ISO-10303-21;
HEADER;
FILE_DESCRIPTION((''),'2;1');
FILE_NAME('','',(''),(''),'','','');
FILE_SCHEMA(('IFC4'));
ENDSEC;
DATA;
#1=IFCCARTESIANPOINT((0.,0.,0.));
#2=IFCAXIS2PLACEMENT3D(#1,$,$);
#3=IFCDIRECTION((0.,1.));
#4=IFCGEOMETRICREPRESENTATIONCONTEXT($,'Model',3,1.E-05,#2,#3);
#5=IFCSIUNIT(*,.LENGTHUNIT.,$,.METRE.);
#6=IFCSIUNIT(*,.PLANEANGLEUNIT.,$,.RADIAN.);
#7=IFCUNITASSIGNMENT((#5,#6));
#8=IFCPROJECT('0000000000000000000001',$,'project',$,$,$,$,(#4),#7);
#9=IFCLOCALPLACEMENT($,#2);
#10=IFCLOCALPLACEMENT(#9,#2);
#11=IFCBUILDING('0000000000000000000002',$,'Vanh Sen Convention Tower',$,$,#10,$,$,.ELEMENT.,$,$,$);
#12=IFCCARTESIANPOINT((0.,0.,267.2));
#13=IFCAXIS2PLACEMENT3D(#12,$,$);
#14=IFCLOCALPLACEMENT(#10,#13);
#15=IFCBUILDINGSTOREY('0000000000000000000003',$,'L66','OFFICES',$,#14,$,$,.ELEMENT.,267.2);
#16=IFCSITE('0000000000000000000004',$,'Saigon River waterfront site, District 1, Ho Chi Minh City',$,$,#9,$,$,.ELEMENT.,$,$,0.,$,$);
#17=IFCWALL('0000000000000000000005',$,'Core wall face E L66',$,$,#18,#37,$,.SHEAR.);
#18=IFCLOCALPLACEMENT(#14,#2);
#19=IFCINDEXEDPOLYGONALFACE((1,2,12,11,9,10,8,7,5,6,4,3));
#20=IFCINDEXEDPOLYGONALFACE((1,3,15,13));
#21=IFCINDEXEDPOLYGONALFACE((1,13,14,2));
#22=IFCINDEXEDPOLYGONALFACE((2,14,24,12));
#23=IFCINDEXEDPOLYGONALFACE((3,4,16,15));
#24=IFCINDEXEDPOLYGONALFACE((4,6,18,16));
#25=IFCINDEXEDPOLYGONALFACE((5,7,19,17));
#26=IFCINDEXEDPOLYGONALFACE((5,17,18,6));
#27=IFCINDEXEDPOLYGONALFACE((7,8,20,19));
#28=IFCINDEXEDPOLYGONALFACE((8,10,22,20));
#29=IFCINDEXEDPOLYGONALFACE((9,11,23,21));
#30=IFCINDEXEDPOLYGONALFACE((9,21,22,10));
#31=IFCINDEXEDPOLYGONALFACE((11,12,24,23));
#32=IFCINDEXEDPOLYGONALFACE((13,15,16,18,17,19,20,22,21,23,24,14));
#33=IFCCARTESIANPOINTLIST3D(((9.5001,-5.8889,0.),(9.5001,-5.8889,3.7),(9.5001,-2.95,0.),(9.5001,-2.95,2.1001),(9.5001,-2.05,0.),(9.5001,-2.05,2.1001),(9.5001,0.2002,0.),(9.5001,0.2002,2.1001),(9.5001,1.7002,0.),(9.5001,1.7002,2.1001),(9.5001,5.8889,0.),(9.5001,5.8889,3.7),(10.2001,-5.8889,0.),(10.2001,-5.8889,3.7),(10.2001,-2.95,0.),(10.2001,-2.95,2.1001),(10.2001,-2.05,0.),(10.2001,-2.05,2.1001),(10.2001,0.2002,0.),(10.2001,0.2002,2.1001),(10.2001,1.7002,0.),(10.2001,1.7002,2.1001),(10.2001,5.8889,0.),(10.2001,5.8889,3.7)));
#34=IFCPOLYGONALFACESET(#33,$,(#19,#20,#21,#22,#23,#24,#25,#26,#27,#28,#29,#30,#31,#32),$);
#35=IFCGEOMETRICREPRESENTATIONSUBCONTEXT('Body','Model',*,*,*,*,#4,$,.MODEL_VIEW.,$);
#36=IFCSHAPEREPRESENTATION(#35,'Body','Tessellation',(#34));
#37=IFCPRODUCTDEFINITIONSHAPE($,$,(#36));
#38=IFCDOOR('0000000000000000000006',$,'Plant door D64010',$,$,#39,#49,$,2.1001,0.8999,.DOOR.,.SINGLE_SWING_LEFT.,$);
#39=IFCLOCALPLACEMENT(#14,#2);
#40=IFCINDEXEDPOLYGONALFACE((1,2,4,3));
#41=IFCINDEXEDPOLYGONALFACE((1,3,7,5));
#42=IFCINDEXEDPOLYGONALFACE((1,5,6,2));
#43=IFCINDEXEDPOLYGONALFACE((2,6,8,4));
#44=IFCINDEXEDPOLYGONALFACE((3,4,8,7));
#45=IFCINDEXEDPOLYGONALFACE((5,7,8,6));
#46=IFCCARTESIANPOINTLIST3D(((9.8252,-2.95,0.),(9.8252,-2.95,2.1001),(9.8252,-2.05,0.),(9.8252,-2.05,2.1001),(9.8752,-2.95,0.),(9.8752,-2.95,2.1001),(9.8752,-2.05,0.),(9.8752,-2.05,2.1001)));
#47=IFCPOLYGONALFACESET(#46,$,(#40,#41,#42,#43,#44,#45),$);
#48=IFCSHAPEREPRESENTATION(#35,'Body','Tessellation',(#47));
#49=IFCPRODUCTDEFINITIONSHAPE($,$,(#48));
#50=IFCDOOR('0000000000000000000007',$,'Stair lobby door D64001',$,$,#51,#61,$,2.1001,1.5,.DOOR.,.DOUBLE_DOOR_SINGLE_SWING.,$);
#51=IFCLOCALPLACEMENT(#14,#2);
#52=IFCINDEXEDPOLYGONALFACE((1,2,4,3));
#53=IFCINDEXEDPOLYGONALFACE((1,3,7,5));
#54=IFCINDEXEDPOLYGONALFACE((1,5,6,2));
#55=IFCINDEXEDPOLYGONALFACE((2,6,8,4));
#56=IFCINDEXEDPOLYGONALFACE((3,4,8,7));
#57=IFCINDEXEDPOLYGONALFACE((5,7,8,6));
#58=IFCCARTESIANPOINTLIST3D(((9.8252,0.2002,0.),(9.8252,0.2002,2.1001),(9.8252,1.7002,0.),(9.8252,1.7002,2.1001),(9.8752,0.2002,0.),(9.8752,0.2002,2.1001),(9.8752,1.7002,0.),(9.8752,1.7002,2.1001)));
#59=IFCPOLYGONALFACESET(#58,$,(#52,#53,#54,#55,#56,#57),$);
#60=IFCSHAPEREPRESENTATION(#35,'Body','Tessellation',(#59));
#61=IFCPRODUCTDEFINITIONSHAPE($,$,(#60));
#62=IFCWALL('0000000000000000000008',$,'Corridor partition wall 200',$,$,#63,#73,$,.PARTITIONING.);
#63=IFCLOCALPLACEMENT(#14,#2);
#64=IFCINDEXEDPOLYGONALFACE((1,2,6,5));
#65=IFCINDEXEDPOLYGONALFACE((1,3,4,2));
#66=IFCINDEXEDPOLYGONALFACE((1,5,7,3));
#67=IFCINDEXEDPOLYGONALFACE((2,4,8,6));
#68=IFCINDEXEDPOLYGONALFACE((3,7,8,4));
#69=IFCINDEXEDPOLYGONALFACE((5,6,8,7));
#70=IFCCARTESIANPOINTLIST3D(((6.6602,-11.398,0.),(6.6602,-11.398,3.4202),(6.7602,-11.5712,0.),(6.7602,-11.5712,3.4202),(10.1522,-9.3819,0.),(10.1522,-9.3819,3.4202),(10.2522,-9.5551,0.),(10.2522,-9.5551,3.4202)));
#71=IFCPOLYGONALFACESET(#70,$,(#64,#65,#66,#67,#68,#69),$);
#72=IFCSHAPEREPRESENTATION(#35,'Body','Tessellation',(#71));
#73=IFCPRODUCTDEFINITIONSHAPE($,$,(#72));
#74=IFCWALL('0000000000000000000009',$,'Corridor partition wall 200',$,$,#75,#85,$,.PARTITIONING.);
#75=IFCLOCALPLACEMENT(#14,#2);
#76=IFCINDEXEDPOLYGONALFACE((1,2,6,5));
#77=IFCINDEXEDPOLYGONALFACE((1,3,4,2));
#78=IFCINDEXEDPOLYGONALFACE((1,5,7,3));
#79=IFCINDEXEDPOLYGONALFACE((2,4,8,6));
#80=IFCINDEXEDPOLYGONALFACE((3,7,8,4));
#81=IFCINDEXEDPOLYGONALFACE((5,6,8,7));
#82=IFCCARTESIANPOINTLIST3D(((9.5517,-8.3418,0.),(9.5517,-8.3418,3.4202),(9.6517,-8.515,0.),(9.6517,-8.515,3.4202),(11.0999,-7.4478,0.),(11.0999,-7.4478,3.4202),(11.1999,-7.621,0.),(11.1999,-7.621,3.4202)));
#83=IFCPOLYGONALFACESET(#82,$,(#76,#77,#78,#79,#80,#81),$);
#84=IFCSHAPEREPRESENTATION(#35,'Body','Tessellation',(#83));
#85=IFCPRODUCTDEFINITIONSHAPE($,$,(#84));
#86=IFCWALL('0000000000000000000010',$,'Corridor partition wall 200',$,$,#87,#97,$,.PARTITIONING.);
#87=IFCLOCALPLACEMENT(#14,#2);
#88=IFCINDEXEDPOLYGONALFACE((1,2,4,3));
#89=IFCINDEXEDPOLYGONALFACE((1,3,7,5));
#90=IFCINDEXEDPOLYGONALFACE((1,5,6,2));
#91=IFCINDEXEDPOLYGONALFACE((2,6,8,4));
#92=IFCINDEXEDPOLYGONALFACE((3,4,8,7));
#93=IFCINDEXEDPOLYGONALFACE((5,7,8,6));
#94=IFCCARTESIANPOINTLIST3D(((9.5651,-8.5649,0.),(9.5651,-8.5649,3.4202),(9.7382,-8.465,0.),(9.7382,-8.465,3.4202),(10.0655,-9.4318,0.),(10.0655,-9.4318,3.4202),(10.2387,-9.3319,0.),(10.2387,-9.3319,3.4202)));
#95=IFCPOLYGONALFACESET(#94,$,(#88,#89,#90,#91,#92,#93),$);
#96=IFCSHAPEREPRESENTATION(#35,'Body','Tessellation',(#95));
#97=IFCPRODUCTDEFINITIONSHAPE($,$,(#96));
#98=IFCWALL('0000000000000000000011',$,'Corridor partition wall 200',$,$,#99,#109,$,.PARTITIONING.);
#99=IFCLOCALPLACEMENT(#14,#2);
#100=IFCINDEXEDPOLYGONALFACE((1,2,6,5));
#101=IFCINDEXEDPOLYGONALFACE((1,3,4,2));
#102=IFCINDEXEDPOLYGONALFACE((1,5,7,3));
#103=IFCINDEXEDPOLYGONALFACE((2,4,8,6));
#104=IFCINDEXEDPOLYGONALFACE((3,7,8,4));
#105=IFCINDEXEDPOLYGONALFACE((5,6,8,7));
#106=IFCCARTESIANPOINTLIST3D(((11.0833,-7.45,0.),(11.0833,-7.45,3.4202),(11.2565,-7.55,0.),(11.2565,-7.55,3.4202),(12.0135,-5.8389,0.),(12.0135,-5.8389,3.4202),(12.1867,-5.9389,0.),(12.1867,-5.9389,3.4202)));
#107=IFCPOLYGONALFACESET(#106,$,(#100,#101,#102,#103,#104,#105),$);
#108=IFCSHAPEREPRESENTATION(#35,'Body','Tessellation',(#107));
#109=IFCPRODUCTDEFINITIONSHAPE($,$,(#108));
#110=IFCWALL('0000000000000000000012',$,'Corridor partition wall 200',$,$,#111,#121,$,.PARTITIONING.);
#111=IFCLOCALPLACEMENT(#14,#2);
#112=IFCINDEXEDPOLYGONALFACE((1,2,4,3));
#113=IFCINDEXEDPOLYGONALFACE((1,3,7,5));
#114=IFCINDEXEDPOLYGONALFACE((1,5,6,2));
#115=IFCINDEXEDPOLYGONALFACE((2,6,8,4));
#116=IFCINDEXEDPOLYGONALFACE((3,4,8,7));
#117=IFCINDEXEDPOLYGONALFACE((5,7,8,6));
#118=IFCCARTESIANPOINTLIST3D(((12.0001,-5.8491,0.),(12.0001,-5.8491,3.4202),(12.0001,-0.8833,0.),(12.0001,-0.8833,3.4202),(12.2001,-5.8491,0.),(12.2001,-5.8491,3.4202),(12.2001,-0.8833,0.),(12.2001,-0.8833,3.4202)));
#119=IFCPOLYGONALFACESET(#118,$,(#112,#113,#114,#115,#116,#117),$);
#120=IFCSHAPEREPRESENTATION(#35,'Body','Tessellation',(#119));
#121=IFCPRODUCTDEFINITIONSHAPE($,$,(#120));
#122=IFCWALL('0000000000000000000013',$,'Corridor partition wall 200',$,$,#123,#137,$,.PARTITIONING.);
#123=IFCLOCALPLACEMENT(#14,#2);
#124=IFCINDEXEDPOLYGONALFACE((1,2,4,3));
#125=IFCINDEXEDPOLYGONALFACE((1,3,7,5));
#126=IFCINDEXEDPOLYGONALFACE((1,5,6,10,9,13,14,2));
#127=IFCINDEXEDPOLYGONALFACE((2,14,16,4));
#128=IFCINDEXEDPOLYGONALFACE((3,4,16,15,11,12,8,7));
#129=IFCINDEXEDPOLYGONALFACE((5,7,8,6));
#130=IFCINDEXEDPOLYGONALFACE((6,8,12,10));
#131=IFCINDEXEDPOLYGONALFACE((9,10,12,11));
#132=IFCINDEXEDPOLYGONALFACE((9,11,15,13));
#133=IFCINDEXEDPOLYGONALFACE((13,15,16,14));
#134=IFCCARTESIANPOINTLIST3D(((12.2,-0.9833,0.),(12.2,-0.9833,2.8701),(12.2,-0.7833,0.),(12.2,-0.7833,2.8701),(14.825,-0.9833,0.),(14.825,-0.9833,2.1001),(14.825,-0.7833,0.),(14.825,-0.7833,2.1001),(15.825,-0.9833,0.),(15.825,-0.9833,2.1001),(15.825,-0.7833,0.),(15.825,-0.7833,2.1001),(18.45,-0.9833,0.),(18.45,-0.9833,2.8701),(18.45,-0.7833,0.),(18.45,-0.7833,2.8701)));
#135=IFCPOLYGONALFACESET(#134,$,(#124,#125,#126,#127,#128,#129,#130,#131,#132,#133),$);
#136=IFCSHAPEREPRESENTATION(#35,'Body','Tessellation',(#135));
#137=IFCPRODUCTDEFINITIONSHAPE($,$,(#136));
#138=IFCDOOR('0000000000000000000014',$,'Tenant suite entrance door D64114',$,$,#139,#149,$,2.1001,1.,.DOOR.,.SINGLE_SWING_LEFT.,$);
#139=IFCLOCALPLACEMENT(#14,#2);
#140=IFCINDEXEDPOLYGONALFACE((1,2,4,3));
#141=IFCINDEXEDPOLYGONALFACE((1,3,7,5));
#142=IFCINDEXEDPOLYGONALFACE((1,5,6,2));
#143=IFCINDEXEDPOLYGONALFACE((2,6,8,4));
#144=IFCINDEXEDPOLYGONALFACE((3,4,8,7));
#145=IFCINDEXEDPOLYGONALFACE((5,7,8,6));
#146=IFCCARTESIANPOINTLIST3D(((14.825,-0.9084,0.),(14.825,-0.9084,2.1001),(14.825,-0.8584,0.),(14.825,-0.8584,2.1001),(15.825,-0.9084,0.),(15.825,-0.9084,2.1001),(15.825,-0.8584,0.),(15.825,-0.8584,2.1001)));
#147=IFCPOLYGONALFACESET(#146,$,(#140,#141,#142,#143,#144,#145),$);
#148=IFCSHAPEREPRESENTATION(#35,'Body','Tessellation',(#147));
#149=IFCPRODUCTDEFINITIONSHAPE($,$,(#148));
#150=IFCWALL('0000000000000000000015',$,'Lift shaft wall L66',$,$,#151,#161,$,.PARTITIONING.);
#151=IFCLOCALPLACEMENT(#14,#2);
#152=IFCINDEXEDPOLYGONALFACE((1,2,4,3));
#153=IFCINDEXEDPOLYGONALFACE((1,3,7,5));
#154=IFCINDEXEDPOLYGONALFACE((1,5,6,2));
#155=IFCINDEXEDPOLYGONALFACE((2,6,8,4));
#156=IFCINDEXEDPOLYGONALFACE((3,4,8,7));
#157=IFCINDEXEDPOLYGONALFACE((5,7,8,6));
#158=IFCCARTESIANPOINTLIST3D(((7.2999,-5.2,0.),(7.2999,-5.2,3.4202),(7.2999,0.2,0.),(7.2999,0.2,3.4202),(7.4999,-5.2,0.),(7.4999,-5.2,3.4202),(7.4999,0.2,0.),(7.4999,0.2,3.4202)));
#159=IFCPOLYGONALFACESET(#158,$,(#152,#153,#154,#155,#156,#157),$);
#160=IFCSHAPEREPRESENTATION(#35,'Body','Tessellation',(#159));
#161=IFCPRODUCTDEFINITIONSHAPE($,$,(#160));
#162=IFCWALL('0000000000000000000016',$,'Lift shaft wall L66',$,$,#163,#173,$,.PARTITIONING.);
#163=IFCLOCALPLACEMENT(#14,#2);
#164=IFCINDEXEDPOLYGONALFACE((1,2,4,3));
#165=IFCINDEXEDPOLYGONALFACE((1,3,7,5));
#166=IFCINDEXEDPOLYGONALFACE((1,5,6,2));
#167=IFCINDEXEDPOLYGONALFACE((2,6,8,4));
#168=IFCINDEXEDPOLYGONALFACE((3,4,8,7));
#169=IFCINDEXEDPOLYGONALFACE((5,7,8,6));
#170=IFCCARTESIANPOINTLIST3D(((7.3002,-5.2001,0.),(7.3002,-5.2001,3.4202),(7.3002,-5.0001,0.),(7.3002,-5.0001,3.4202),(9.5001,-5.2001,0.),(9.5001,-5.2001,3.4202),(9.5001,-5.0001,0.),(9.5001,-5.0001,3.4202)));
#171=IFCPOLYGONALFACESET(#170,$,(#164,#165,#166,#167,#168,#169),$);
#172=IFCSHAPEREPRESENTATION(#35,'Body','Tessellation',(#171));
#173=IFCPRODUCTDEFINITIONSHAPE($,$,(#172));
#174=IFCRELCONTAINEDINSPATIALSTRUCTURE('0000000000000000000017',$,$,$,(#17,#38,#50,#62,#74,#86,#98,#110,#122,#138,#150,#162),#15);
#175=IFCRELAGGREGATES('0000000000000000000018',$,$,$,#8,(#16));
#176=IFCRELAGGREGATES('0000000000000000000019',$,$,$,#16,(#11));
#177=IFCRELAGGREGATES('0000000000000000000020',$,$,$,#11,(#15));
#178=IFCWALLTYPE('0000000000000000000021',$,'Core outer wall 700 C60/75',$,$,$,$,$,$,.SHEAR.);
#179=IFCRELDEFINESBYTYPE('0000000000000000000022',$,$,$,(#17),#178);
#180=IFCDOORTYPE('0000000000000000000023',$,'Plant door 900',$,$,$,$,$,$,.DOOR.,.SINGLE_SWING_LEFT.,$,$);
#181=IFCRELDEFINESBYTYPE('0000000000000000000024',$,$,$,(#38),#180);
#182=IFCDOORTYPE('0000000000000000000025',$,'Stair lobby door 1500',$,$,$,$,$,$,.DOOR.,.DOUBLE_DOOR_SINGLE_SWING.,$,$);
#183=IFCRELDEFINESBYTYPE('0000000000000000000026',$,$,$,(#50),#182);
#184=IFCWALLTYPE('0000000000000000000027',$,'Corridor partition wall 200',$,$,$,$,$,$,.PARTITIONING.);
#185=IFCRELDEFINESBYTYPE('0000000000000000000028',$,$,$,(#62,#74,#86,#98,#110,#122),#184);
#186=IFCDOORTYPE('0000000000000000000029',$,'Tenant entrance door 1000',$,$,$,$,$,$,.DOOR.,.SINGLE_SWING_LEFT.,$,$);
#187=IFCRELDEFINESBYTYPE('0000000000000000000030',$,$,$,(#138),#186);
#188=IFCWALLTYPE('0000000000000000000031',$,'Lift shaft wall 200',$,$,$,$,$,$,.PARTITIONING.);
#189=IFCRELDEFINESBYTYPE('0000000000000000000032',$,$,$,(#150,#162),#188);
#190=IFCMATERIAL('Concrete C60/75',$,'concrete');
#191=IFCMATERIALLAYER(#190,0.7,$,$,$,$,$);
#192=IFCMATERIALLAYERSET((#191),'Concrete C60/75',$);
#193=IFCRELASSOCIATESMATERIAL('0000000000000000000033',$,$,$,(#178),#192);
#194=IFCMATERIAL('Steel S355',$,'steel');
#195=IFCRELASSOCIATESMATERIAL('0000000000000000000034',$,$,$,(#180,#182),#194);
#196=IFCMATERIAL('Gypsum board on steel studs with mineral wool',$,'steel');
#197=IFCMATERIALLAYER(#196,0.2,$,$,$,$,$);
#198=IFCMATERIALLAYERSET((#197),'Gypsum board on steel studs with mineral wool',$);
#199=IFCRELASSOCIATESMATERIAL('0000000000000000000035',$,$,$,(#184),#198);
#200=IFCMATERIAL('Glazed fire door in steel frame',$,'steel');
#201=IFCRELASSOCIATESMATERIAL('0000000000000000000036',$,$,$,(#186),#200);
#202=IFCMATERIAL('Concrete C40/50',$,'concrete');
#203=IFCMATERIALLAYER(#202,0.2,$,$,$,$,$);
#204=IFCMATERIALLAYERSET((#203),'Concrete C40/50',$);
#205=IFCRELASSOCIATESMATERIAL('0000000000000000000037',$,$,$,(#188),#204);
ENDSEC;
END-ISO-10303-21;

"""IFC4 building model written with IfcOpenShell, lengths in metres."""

from ifc_helpers import new_model, si_unit, direction, frame, frame_2d, origin, place, context, subcontext, project, spatial, rectangle, extrude, material, layer, layer_set, type_object, element, fill, save


model = new_model("IFC4")

# Units and contexts
model_context = context("Model", 3, precision=1e-05, world=origin(), true_north=direction((0.0, 1.0)))
body_context = subcontext(model_context, "Body", "Model", "MODEL_VIEW")
ifc_project = project(units=[si_unit("LENGTHUNIT", "METRE"), si_unit("PLANEANGLEUNIT", "RADIAN")], contexts=[model_context])

# Site, building, storey
site_placement = place(None, origin())
site = spatial("IfcSite", under=ifc_project, at=site_placement, Name="Saigon River waterfront site, District 1, Ho Chi Minh City", CompositionType="ELEMENT", RefElevation=0.0)
building_placement = place(site_placement, origin())
building = spatial("IfcBuilding", under=site, at=building_placement, Name="Vanh Sen Convention Tower", CompositionType="ELEMENT")
storey_placement = place(building_placement, frame((0.0, 0.0, 267.2)))
storey = spatial("IfcBuildingStorey", under=building, at=storey_placement, Name="L66", Description="OFFICES", CompositionType="ELEMENT", Elevation=267.2)

# Shared definitions
ifc_material_1 = material(Name="Concrete C60/75", Category="concrete")

# Shared definitions
ifc_material_2 = material(Name="Concrete C40/50", Category="concrete")

# Wall, openings, doors
ifc_layer_1 = layer(ifc_material_1, 0.7)
ifc_layer_set_1 = layer_set([ifc_layer_1], Name="Concrete C60/75")
wall_type_1 = type_object("IfcWallType", Name="Core outer wall 700 C60/75", PredefinedType="SHEAR", material=ifc_layer_set_1)
wall_1_placement = place(storey_placement, frame((9.8501, -5.8889, 0.0), z_axis=(0.0, 0.0, 1.0), x_axis=(0.0, 1.0, 0.0)))
wall_1 = element("IfcWall", 1, at=wall_1_placement, inside=storey, type_object=wall_type_1, Name="Core wall face E L66", PredefinedType="SHEAR", context=body_context, shape_type="SweptSolid", body=[
    extrude(rectangle(XDim=11.7778, YDim=0.7, at=frame_2d((5.8889, 0.0))), origin(), (0.0, 0.0, 1.0), 3.7),
])
opening_1_placement = place(wall_1_placement, frame((6.0891, 0.0, 0.0)))
opening_1 = element("IfcOpeningElement", 2, at=opening_1_placement, cuts=wall_1, PredefinedType="OPENING", context=body_context, shape_type="SweptSolid", body=[
    extrude(rectangle(XDim=1.5, YDim=2.1001, at=frame_2d((0.75, 1.05))), frame((0.0, 0.3599, 0.0), z_axis=(0.0, -1.0, 0.0), x_axis=(1.0, 0.0, 0.0)), (0.0, 0.0, 1.0), 0.72),
])
opening_2_placement = place(wall_1_placement, frame((2.939, 0.0, 0.0)))
opening_2 = element("IfcOpeningElement", 3, at=opening_2_placement, cuts=wall_1, PredefinedType="OPENING", context=body_context, shape_type="SweptSolid", body=[
    extrude(rectangle(XDim=0.8999, YDim=2.1001, at=frame_2d((0.45, 1.05))), frame((0.0, 0.3599, 0.0), z_axis=(0.0, -1.0, 0.0), x_axis=(1.0, 0.0, 0.0)), (0.0, 0.0, 1.0), 0.72),
])
ifc_material_3 = material(Name="Steel S355", Category="steel")
door_type_1 = type_object("IfcDoorType", Name="Plant door 900", OperationType="SINGLE_SWING_LEFT", PredefinedType="DOOR", material=ifc_material_3)
door_1_placement = place(opening_2_placement, origin())
door_1 = element("IfcDoor", 4, at=door_1_placement, inside=storey, type_object=door_type_1, Name="Plant door D64010", OperationType="SINGLE_SWING_LEFT", OverallHeight=2.1001, OverallWidth=0.8999, PredefinedType="DOOR", context=body_context, shape_type="SweptSolid", body=[
    extrude(rectangle(XDim=0.8999, YDim=2.1001, at=frame_2d((0.45, 1.05))), frame((0.0, 0.0249, 0.0), z_axis=(0.0, -1.0, 0.0), x_axis=(1.0, 0.0, 0.0)), (0.0, 0.0, 1.0), 0.05),
])
fill(opening_2, door_1)
door_type_2 = type_object("IfcDoorType", Name="Stair lobby door 1500", OperationType="DOUBLE_DOOR_SINGLE_SWING", PredefinedType="DOOR", material=ifc_material_3)
door_2_placement = place(opening_1_placement, origin())
door_2 = element("IfcDoor", 5, at=door_2_placement, inside=storey, type_object=door_type_2, Name="Stair lobby door D64001", OperationType="DOUBLE_DOOR_SINGLE_SWING", OverallHeight=2.1001, OverallWidth=1.5, PredefinedType="DOOR", context=body_context, shape_type="SweptSolid", body=[
    extrude(rectangle(XDim=1.5, YDim=2.1001, at=frame_2d((0.75, 1.05))), frame((0.0, 0.0249, 0.0), z_axis=(0.0, -1.0, 0.0), x_axis=(1.0, 0.0, 0.0)), (0.0, 0.0, 1.0), 0.05),
])
fill(opening_1, door_2)

# Walls
ifc_material_4 = material(Name="Gypsum board on steel studs with mineral wool", Category="steel")
ifc_layer_2 = layer(ifc_material_4, 0.2)
ifc_layer_set_2 = layer_set([ifc_layer_2], Name="Gypsum board on steel studs with mineral wool")
wall_type_2 = type_object("IfcWallType", Name="Corridor partition wall 200", PredefinedType="PARTITIONING", material=ifc_layer_set_2)
wall_2_placement = place(storey_placement, frame((6.7102, -11.4846, 0.0), z_axis=(0.0, 0.0, 1.0), x_axis=(0.866021, 0.500007, 0.0)))
element("IfcWall", 6, at=wall_2_placement, inside=storey, type_object=wall_type_2, Name="Corridor partition wall 200", PredefinedType="PARTITIONING", context=body_context, shape_type="SweptSolid", body=[
    extrude(rectangle(XDim=4.0322, YDim=0.2, at=frame_2d((2.0161, 0.0))), origin(), (0.0, 0.0, 1.0), 3.4202),
])
wall_3_placement = place(storey_placement, frame((9.6016, -8.4285, 0.0), z_axis=(0.0, 0.0, 1.0), x_axis=(0.865999, 0.500046, 0.0)))
element("IfcWall", 7, at=wall_3_placement, inside=storey, type_object=wall_type_2, Name="Corridor partition wall 200", PredefinedType="PARTITIONING", context=body_context, shape_type="SweptSolid", body=[
    extrude(rectangle(XDim=1.7878, YDim=0.2, at=frame_2d((0.894, 0.0))), origin(), (0.0, 0.0, 1.0), 3.4202),
])
wall_4_placement = place(storey_placement, frame((10.1521, -9.3818, 0.0), z_axis=(0.0, 0.0, 1.0), x_axis=(-0.499969, 0.866043, 0.0)))
element("IfcWall", 8, at=wall_4_placement, inside=storey, type_object=wall_type_2, Name="Corridor partition wall 200", PredefinedType="PARTITIONING", context=body_context, shape_type="SweptSolid", body=[
    extrude(rectangle(XDim=1.001, YDim=0.2, at=frame_2d((0.5005, 0.0))), origin(), (0.0, 0.0, 1.0), 3.4202),
])
wall_5_placement = place(storey_placement, frame((11.1699, -7.5, 0.0), z_axis=(0.0, 0.0, 1.0), x_axis=(0.500006, 0.866022, 0.0)))
element("IfcWall", 9, at=wall_5_placement, inside=storey, type_object=wall_type_2, Name="Corridor partition wall 200", PredefinedType="PARTITIONING", context=body_context, shape_type="SweptSolid", body=[
    extrude(rectangle(XDim=1.8604, YDim=0.2, at=frame_2d((0.9302, 0.0))), origin(), (0.0, 0.0, 1.0), 3.4202),
])
wall_6_placement = place(storey_placement, frame((12.1001, -5.8491, 0.0), z_axis=(0.0, 0.0, 1.0), x_axis=(0.0, 1.0, 0.0)))
element("IfcWall", 10, at=wall_6_placement, inside=storey, type_object=wall_type_2, Name="Corridor partition wall 200", PredefinedType="PARTITIONING", context=body_context, shape_type="SweptSolid", body=[
    extrude(rectangle(XDim=4.9658, YDim=0.2, at=frame_2d((2.4829, 0.0))), origin(), (0.0, 0.0, 1.0), 3.4202),
])

# Wall, opening, door
wall_7_placement = place(storey_placement, frame((12.2, -0.8833, 0.0), z_axis=(0.0, 0.0, 1.0), x_axis=(1.0, 0.0, 0.0)))
wall_7 = element("IfcWall", 11, at=wall_7_placement, inside=storey, type_object=wall_type_2, Name="Corridor partition wall 200", PredefinedType="PARTITIONING", context=body_context, shape_type="SweptSolid", body=[
    extrude(rectangle(XDim=6.25, YDim=0.2, at=frame_2d((3.125, 0.0))), origin(), (0.0, 0.0, 1.0), 2.8701),
])
opening_3_placement = place(wall_7_placement, frame((2.625, 0.0, 0.0)))
opening_3 = element("IfcOpeningElement", 12, at=opening_3_placement, cuts=wall_7, PredefinedType="OPENING", context=body_context, shape_type="SweptSolid", body=[
    extrude(rectangle(XDim=1.0, YDim=2.1001, at=frame_2d((0.5, 1.05))), frame((0.0, 0.1099, 0.0), z_axis=(0.0, -1.0, 0.0), x_axis=(1.0, 0.0, 0.0)), (0.0, 0.0, 1.0), 0.22),
])
ifc_material_5 = material(Name="Glazed fire door in steel frame", Category="steel")
door_type_3 = type_object("IfcDoorType", Name="Tenant entrance door 1000", OperationType="SINGLE_SWING_LEFT", PredefinedType="DOOR", material=ifc_material_5)
door_3_placement = place(opening_3_placement, origin())
door_3 = element("IfcDoor", 13, at=door_3_placement, inside=storey, type_object=door_type_3, Name="Tenant suite entrance door D64114", OperationType="SINGLE_SWING_LEFT", OverallHeight=2.1001, OverallWidth=1.0, PredefinedType="DOOR", context=body_context, shape_type="SweptSolid", body=[
    extrude(rectangle(XDim=1.0, YDim=2.1001, at=frame_2d((0.5, 1.05))), frame((0.0, 0.0249, 0.0), z_axis=(0.0, -1.0, 0.0), x_axis=(1.0, 0.0, 0.0)), (0.0, 0.0, 1.0), 0.05),
])
fill(opening_3, door_3)

# Walls
ifc_layer_3 = layer(ifc_material_2, 0.2)
ifc_layer_set_3 = layer_set([ifc_layer_3], Name="Concrete C40/50")
wall_type_3 = type_object("IfcWallType", Name="Lift shaft wall 200", PredefinedType="PARTITIONING", material=ifc_layer_set_3)
wall_8_placement = place(storey_placement, frame((7.3999, -5.2, 0.0), z_axis=(0.0, 0.0, 1.0), x_axis=(0.0, 1.0, 0.0)))
element("IfcWall", 14, at=wall_8_placement, inside=storey, type_object=wall_type_3, Name="Lift shaft wall L66", PredefinedType="PARTITIONING", context=body_context, shape_type="SweptSolid", body=[
    extrude(rectangle(XDim=5.3999, YDim=0.2, at=frame_2d((2.7, 0.0))), origin(), (0.0, 0.0, 1.0), 3.4202),
])
for number, where, z_axis, x_axis, name in (
    (15, (7.3, -5.1001, 0.0), (0.0, 0.0, 1.0), (1.0, 0.0, 0.0), "Lift shaft wall L66"),
):
    element("IfcWall", number, at=place(storey_placement, frame(where, z_axis=z_axis, x_axis=x_axis)), inside=storey, type_object=wall_type_3, Name=name, PredefinedType="PARTITIONING", context=body_context, shape_type="SweptSolid", body=[
        extrude(rectangle(XDim=2.2, YDim=0.2, at=frame_2d((1.1001, 0.0))), origin(), (0.0, 0.0, 1.0), 3.4202),
    ])

save(model, "model.ifc")
